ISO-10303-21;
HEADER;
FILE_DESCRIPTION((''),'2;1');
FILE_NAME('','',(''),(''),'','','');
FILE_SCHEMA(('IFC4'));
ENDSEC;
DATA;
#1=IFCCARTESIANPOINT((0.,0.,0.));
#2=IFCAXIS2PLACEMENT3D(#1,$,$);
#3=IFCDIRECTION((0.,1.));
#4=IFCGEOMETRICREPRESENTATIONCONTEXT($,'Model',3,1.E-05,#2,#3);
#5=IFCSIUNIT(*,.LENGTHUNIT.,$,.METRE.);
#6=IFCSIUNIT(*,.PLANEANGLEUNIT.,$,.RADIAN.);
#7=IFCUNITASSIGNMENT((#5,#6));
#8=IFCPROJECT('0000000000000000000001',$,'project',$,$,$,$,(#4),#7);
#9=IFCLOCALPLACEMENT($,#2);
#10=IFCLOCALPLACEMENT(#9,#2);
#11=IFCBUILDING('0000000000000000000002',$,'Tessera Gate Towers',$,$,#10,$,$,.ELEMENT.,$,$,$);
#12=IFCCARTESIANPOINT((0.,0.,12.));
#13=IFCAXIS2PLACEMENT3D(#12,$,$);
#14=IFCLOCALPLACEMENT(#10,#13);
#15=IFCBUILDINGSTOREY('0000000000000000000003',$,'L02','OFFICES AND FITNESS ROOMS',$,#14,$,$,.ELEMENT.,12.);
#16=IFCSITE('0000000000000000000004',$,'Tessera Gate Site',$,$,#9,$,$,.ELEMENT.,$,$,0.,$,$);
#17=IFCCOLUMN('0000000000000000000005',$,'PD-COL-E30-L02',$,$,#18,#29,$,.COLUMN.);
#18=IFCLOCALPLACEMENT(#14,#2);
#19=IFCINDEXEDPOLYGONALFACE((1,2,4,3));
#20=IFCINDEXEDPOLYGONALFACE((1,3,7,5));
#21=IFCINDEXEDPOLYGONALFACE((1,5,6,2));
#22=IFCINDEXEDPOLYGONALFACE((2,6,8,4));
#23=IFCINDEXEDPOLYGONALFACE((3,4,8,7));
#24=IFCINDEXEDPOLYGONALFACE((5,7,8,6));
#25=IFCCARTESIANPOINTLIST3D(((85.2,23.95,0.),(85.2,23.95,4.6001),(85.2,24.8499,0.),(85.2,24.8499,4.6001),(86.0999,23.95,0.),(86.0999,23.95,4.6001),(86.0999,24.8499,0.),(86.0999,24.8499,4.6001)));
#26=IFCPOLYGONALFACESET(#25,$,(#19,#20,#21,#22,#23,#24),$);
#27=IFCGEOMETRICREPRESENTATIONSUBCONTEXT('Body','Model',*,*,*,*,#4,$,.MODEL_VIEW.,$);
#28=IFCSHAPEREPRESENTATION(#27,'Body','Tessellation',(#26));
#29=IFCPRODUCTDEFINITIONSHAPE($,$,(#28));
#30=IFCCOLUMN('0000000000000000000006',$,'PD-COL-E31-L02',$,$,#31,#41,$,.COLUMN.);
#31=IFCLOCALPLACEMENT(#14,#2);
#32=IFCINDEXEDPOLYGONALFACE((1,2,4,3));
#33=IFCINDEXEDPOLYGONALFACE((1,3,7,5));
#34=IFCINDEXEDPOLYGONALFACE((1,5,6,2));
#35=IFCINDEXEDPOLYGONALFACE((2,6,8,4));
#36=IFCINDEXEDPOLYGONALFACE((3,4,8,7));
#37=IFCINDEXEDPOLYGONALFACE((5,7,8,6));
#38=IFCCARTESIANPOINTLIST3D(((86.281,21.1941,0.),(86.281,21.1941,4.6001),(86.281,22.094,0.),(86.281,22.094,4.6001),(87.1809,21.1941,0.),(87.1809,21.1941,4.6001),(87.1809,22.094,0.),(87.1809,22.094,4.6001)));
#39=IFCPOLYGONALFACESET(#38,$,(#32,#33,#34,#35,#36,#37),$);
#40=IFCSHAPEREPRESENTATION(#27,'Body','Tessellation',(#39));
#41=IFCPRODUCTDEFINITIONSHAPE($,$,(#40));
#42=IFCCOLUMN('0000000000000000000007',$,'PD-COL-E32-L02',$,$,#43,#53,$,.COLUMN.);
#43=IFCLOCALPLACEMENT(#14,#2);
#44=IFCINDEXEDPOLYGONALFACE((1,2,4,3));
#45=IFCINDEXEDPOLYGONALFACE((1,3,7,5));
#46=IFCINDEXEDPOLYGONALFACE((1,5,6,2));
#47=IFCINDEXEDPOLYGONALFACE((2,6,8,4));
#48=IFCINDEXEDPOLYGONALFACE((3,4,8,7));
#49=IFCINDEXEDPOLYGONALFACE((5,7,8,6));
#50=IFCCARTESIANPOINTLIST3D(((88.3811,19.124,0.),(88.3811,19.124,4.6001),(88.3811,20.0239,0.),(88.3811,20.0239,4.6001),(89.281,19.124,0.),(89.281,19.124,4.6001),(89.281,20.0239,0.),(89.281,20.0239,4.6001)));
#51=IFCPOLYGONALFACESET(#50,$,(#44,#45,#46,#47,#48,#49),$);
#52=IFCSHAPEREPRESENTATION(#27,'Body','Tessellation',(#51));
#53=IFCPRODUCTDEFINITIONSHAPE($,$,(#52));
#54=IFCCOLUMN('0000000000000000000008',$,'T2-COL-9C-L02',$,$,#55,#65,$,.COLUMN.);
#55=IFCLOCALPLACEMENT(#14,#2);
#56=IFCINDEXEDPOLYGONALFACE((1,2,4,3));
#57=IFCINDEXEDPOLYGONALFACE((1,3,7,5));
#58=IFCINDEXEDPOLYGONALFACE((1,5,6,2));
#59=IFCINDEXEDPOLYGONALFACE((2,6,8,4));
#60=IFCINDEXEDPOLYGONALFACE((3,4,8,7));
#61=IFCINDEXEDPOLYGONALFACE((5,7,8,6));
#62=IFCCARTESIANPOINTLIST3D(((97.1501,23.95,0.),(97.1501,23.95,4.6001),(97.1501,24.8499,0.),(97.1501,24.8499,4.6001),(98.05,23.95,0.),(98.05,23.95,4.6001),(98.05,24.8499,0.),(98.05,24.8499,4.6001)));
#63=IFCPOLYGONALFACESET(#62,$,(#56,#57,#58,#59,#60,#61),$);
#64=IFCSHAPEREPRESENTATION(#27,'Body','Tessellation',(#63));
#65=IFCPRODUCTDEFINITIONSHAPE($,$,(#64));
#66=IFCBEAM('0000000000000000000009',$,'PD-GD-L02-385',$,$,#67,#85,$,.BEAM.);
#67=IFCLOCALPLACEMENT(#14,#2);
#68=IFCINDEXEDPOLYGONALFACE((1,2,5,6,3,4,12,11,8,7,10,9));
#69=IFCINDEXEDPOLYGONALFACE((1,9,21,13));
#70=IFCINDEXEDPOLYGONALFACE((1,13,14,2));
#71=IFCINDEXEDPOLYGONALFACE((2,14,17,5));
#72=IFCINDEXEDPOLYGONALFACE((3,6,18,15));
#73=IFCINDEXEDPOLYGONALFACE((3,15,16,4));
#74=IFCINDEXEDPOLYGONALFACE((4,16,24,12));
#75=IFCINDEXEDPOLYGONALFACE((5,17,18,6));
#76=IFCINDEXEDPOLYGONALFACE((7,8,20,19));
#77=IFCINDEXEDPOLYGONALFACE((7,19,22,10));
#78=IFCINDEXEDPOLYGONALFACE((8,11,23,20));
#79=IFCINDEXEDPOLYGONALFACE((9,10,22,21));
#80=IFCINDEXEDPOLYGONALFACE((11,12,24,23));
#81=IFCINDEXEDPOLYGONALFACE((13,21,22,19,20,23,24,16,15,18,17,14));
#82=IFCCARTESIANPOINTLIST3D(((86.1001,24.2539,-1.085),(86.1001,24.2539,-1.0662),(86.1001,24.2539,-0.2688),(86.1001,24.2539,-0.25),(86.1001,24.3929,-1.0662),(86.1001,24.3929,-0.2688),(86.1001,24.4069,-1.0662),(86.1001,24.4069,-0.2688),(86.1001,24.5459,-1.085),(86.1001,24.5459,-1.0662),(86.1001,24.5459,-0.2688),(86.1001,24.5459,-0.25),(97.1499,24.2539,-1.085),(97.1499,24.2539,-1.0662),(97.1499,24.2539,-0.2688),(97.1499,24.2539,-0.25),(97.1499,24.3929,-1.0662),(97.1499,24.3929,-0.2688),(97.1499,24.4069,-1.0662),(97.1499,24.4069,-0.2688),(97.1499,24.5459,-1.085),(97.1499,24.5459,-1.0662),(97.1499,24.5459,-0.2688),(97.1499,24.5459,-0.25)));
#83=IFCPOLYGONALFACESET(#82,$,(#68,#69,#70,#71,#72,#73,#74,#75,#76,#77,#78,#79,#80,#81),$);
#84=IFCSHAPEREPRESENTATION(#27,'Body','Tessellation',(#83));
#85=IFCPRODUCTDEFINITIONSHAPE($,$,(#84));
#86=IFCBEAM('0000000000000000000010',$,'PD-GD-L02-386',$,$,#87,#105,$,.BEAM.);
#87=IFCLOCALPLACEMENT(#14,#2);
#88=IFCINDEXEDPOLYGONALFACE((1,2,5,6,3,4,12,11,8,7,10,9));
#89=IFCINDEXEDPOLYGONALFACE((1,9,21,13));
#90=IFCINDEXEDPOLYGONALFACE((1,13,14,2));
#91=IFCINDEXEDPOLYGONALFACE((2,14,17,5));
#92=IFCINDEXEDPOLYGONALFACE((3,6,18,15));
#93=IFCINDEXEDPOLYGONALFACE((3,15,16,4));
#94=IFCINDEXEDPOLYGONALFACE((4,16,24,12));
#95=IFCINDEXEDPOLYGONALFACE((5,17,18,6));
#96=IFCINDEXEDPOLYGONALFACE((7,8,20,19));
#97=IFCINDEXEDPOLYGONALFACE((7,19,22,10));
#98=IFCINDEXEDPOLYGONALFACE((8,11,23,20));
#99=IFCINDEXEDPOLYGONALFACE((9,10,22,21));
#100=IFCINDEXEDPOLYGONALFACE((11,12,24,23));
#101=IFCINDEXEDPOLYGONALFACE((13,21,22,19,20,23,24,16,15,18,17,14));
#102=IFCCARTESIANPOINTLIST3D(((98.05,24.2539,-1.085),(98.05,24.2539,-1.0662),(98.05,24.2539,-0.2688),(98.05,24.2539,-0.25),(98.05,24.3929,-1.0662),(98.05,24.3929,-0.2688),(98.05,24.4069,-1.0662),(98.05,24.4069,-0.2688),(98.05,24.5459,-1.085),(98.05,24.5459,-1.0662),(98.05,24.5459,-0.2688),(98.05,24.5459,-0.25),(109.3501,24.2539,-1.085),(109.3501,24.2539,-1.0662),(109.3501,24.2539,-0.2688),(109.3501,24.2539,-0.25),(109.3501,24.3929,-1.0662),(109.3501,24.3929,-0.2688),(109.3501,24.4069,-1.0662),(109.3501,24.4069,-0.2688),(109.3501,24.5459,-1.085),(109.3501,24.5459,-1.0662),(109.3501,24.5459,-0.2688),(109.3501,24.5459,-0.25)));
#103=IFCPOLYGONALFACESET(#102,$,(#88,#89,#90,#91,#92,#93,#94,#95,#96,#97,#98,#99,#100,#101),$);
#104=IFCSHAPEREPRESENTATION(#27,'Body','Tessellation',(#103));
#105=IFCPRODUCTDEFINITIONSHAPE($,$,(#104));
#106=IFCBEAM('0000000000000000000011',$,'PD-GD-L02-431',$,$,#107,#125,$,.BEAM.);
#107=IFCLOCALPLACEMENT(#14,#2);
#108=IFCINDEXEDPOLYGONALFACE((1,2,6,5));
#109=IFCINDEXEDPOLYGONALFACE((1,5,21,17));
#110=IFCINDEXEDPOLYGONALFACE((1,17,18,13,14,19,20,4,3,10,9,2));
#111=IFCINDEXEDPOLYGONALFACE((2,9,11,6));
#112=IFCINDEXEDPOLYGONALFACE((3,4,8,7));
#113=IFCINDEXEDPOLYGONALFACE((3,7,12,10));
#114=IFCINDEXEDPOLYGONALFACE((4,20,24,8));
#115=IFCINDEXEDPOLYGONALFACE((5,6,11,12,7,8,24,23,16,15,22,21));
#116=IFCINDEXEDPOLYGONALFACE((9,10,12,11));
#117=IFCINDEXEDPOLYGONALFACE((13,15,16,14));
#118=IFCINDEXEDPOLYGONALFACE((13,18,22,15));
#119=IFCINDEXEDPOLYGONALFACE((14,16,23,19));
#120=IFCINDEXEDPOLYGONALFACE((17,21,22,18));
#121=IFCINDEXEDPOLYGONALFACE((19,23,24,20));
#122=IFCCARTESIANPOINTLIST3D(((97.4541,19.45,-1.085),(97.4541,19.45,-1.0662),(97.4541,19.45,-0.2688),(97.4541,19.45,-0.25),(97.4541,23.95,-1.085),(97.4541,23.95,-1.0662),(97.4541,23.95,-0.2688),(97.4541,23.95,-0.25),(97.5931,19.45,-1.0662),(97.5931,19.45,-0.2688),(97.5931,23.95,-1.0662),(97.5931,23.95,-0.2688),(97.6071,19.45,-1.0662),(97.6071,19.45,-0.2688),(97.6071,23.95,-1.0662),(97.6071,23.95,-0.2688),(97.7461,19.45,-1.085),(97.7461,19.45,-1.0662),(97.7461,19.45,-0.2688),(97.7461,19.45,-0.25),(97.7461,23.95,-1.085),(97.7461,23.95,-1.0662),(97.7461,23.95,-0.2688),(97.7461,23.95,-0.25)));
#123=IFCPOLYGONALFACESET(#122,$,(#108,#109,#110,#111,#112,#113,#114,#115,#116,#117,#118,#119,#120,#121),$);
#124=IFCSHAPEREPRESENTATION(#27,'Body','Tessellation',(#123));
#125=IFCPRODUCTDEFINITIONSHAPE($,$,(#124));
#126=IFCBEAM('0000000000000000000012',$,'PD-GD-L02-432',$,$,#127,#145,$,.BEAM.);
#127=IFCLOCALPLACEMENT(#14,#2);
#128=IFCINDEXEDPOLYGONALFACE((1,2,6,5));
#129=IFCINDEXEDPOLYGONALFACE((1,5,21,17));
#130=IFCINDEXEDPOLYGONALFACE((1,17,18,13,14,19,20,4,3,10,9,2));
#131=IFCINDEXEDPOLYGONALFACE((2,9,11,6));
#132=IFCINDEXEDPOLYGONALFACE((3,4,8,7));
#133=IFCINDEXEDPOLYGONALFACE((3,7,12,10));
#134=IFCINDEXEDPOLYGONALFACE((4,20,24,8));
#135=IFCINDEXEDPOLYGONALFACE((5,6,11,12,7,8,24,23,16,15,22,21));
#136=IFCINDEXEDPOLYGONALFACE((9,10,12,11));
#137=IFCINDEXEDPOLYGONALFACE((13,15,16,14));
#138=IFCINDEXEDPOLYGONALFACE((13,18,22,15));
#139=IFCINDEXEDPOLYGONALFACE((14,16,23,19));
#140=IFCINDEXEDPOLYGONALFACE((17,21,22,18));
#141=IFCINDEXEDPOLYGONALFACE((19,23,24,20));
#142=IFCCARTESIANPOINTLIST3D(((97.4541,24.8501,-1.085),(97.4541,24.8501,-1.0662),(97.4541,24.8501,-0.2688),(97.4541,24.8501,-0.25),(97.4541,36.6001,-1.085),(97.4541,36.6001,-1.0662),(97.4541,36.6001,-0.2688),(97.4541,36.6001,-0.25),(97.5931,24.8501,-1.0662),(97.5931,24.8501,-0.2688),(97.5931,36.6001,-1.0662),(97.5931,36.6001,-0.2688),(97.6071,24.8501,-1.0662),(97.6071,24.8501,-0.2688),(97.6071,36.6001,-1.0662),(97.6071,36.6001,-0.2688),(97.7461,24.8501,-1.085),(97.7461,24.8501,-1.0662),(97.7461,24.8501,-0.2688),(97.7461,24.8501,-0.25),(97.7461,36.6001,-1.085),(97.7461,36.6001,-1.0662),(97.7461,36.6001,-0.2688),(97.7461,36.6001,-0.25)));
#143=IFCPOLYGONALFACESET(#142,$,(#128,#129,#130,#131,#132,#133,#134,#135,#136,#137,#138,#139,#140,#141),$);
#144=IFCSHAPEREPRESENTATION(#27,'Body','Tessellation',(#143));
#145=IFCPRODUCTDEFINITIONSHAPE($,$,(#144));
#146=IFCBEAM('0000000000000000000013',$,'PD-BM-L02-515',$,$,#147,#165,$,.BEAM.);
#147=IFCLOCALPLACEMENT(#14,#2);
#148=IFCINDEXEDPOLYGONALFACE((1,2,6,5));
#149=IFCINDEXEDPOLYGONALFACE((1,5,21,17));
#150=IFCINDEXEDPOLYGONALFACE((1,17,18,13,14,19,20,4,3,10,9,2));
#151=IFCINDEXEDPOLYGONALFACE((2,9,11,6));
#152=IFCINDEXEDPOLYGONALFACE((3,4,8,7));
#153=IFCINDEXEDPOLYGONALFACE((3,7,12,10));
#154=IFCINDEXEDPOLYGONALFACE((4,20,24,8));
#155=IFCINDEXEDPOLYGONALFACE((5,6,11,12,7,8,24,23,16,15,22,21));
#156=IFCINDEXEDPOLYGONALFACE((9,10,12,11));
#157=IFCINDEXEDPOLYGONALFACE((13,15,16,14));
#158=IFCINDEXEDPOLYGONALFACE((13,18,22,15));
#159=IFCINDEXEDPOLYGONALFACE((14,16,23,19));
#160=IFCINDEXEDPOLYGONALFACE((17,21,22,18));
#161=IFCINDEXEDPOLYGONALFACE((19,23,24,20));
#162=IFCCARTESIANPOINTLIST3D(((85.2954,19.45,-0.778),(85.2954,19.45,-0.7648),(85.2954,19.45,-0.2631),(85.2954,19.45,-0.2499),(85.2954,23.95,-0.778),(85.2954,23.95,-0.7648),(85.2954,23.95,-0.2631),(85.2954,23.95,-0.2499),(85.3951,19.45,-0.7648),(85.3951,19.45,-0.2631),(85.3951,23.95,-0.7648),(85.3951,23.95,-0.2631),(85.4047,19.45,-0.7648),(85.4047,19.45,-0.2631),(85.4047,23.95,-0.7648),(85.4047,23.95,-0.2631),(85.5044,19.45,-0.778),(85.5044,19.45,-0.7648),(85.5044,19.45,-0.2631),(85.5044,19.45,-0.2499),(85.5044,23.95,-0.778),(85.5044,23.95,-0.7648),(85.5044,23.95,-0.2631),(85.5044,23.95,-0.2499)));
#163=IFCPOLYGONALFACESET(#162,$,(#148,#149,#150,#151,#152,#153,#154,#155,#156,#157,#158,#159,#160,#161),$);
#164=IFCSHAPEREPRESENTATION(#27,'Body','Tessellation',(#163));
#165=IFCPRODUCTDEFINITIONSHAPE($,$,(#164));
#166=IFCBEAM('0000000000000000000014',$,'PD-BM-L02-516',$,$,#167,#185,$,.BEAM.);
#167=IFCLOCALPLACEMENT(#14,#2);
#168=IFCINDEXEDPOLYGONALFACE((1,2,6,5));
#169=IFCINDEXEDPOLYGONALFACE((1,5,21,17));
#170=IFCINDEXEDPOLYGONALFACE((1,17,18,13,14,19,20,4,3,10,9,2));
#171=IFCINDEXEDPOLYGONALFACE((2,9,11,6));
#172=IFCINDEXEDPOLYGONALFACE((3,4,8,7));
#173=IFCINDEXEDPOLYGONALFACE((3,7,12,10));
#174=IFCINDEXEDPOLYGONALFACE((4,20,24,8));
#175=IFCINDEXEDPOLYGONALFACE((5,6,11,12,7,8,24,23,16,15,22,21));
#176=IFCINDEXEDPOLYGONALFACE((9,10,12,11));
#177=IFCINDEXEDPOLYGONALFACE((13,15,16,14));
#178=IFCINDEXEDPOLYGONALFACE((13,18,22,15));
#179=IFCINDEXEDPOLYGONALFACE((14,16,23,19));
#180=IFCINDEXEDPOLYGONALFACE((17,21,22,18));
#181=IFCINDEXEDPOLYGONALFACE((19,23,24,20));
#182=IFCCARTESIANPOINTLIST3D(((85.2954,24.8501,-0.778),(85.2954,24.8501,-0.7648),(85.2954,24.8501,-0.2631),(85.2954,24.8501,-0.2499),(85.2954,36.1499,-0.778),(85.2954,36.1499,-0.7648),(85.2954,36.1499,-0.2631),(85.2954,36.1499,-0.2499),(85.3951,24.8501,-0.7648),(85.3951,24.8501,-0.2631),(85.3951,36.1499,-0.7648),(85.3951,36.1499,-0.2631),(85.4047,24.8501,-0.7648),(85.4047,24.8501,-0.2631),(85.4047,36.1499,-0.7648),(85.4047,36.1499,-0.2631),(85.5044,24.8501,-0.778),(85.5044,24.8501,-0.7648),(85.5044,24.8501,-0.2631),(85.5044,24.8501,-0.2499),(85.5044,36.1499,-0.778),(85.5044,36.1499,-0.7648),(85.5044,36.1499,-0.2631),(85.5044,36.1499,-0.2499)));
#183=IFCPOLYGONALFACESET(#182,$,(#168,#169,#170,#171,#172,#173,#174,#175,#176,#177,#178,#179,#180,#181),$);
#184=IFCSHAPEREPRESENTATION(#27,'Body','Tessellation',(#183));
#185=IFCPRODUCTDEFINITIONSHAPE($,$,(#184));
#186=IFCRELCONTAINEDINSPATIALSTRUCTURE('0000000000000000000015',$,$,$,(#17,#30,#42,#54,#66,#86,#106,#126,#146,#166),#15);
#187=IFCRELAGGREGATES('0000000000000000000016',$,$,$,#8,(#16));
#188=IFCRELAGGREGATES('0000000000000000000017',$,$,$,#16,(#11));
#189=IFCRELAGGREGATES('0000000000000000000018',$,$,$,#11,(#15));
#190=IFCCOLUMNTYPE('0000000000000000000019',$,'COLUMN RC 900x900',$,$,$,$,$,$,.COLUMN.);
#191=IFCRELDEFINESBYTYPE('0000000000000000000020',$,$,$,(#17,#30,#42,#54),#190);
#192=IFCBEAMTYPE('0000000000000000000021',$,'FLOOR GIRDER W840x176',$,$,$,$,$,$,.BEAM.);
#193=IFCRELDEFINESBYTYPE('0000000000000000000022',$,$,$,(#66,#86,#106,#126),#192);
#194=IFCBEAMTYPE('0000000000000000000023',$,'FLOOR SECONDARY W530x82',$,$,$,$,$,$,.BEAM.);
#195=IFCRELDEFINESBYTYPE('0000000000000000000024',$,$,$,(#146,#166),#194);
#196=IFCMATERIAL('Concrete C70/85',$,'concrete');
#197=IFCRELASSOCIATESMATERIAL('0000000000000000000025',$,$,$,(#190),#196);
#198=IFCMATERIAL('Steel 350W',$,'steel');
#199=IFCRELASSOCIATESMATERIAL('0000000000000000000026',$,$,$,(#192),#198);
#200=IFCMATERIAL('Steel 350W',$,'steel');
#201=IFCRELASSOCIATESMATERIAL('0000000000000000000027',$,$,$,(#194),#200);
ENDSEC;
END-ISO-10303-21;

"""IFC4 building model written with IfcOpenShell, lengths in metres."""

from ifc_helpers import new_model, si_unit, direction, frame, origin, origin_2d, place, context, subcontext, project, spatial, rectangle, i_section, extrude, material, material_profile, profile_set, type_object, element, save


model = new_model("IFC4")

# Units and contexts
model_context = context("Model", 3, precision=1e-05, world=origin(), true_north=direction((0.0, 1.0)))
body_context = subcontext(model_context, "Body", "Model", "MODEL_VIEW")
ifc_project = project(units=[si_unit("LENGTHUNIT", "METRE"), si_unit("PLANEANGLEUNIT", "RADIAN")], contexts=[model_context])

# Site, building, storey
site_placement = place(None, origin())
site = spatial("IfcSite", under=ifc_project, at=site_placement, Name="Tessera Gate Site", CompositionType="ELEMENT", RefElevation=0.0)
building_placement = place(site_placement, origin())
building = spatial("IfcBuilding", under=site, at=building_placement, Name="Tessera Gate Towers", CompositionType="ELEMENT")
storey_placement = place(building_placement, frame((0.0, 0.0, 12.0)))
storey = spatial("IfcBuildingStorey", under=building, at=storey_placement, Name="L02", Description="OFFICES AND FITNESS ROOMS", CompositionType="ELEMENT", Elevation=12.0)

# Columns
ifc_material_1 = material(Name="Concrete C70/85", Category="concrete")
ifc_material_profile_1 = material_profile(ifc_material_1, rectangle(XDim=0.8999, YDim=0.8999, at=origin_2d()), Name="RC 900x900")
ifc_profile_set_1 = profile_set([ifc_material_profile_1], Name="Concrete C70/85")
column_type = type_object("IfcColumnType", Name="COLUMN RC 900x900", PredefinedType="COLUMN", material=ifc_profile_set_1)
for number, where, z_axis, x_axis, name in (
    (1, (85.6499, 24.3999, 0.0), (0.0, 0.0, 1.0), (1.0, 0.0, 0.0), "PD-COL-E30-L02"),
    (2, (86.731, 21.644, 0.0), (0.0, 0.0, 1.0), (1.0, 0.0, 0.0), "PD-COL-E31-L02"),
    (3, (88.8311, 19.574, 0.0), (0.0, 0.0, 1.0), (1.0, 0.0, 0.0), "PD-COL-E32-L02"),
    (4, (97.6001, 24.3999, 0.0), (0.0, 0.0, 1.0), (1.0, 0.0, 0.0), "T2-COL-9C-L02"),
):
    element("IfcColumn", number, at=place(storey_placement, frame(where, z_axis=z_axis, x_axis=x_axis)), inside=storey, type_object=column_type, Name=name, PredefinedType="COLUMN", context=body_context, shape_type="SweptSolid", body=[
        extrude(rectangle(XDim=0.8999, YDim=0.8999, at=origin_2d()), origin(), (0.0, 0.0, 1.0), 4.6001),
    ])

# Beams
ifc_material_2 = material(Name="Steel 350W", Category="steel")
ifc_material_profile_2 = material_profile(ifc_material_2, i_section(OverallWidth=0.292, OverallDepth=0.835, WebThickness=0.0139, FlangeThickness=0.0188, at=origin_2d()), Name="W840x176")
ifc_profile_set_2 = profile_set([ifc_material_profile_2], Name="Steel 350W")
beam_type_1 = type_object("IfcBeamType", Name="FLOOR GIRDER W840x176", PredefinedType="BEAM", material=ifc_profile_set_2)
beam_1_placement = place(storey_placement, frame((86.1001, 24.3999, -0.6675), z_axis=(1.0, 0.0, 0.0), x_axis=(0.0, 1.0, 0.0)))
element("IfcBeam", 5, at=beam_1_placement, inside=storey, type_object=beam_type_1, Name="PD-GD-L02-385", PredefinedType="BEAM", context=body_context, shape_type="SweptSolid", body=[
    extrude(i_section(OverallWidth=0.292, OverallDepth=0.835, WebThickness=0.0139, FlangeThickness=0.0188, at=origin_2d()), origin(), (0.0, 0.0, 1.0), 11.0498),
])
beam_2_placement = place(storey_placement, frame((98.05, 24.3999, -0.6675), z_axis=(1.0, 0.0, 0.0), x_axis=(0.0, 1.0, 0.0)))
element("IfcBeam", 6, at=beam_2_placement, inside=storey, type_object=beam_type_1, Name="PD-GD-L02-386", PredefinedType="BEAM", context=body_context, shape_type="SweptSolid", body=[
    extrude(i_section(OverallWidth=0.292, OverallDepth=0.835, WebThickness=0.0139, FlangeThickness=0.0188, at=origin_2d()), origin(), (0.0, 0.0, 1.0), 11.3),
])
beam_3_placement = place(storey_placement, frame((97.6001, 19.45, -0.6675), z_axis=(0.0, 1.0, 0.0), x_axis=(-1.0, 0.0, 0.0)))
element("IfcBeam", 7, at=beam_3_placement, inside=storey, type_object=beam_type_1, Name="PD-GD-L02-431", PredefinedType="BEAM", context=body_context, shape_type="SweptSolid", body=[
    extrude(i_section(OverallWidth=0.292, OverallDepth=0.835, WebThickness=0.0139, FlangeThickness=0.0188, at=origin_2d()), origin(), (0.0, 0.0, 1.0), 4.5),
])
beam_4_placement = place(storey_placement, frame((97.6001, 24.8501, -0.6675), z_axis=(0.0, 1.0, 0.0), x_axis=(-1.0, 0.0, 0.0)))
element("IfcBeam", 8, at=beam_4_placement, inside=storey, type_object=beam_type_1, Name="PD-GD-L02-432", PredefinedType="BEAM", context=body_context, shape_type="SweptSolid", body=[
    extrude(i_section(OverallWidth=0.292, OverallDepth=0.835, WebThickness=0.0139, FlangeThickness=0.0188, at=origin_2d()), origin(), (0.0, 0.0, 1.0), 11.75),
])
ifc_material_3 = material(Name="Steel 350W", Category="steel")
ifc_material_profile_3 = material_profile(ifc_material_3, i_section(OverallWidth=0.209, OverallDepth=0.5281, WebThickness=0.0095, FlangeThickness=0.0132, at=origin_2d()), Name="W530x82")
ifc_profile_set_3 = profile_set([ifc_material_profile_3], Name="Steel 350W")
beam_type_2 = type_object("IfcBeamType", Name="FLOOR SECONDARY W530x82", PredefinedType="BEAM", material=ifc_profile_set_3)
beam_5_placement = place(storey_placement, frame((85.3999, 19.45, -0.5139), z_axis=(0.0, 1.0, 0.0), x_axis=(-1.0, 0.0, 0.0)))
element("IfcBeam", 9, at=beam_5_placement, inside=storey, type_object=beam_type_2, Name="PD-BM-L02-515", PredefinedType="BEAM", context=body_context, shape_type="SweptSolid", body=[
    extrude(i_section(OverallWidth=0.209, OverallDepth=0.5281, WebThickness=0.0095, FlangeThickness=0.0132, at=origin_2d()), origin(), (0.0, 0.0, 1.0), 4.5),
])
beam_6_placement = place(storey_placement, frame((85.3999, 24.8501, -0.5139), z_axis=(0.0, 1.0, 0.0), x_axis=(-1.0, 0.0, 0.0)))
element("IfcBeam", 10, at=beam_6_placement, inside=storey, type_object=beam_type_2, Name="PD-BM-L02-516", PredefinedType="BEAM", context=body_context, shape_type="SweptSolid", body=[
    extrude(i_section(OverallWidth=0.209, OverallDepth=0.5281, WebThickness=0.0095, FlangeThickness=0.0132, at=origin_2d()), origin(), (0.0, 0.0, 1.0), 11.2998),
])

save(model, "model.ifc")
